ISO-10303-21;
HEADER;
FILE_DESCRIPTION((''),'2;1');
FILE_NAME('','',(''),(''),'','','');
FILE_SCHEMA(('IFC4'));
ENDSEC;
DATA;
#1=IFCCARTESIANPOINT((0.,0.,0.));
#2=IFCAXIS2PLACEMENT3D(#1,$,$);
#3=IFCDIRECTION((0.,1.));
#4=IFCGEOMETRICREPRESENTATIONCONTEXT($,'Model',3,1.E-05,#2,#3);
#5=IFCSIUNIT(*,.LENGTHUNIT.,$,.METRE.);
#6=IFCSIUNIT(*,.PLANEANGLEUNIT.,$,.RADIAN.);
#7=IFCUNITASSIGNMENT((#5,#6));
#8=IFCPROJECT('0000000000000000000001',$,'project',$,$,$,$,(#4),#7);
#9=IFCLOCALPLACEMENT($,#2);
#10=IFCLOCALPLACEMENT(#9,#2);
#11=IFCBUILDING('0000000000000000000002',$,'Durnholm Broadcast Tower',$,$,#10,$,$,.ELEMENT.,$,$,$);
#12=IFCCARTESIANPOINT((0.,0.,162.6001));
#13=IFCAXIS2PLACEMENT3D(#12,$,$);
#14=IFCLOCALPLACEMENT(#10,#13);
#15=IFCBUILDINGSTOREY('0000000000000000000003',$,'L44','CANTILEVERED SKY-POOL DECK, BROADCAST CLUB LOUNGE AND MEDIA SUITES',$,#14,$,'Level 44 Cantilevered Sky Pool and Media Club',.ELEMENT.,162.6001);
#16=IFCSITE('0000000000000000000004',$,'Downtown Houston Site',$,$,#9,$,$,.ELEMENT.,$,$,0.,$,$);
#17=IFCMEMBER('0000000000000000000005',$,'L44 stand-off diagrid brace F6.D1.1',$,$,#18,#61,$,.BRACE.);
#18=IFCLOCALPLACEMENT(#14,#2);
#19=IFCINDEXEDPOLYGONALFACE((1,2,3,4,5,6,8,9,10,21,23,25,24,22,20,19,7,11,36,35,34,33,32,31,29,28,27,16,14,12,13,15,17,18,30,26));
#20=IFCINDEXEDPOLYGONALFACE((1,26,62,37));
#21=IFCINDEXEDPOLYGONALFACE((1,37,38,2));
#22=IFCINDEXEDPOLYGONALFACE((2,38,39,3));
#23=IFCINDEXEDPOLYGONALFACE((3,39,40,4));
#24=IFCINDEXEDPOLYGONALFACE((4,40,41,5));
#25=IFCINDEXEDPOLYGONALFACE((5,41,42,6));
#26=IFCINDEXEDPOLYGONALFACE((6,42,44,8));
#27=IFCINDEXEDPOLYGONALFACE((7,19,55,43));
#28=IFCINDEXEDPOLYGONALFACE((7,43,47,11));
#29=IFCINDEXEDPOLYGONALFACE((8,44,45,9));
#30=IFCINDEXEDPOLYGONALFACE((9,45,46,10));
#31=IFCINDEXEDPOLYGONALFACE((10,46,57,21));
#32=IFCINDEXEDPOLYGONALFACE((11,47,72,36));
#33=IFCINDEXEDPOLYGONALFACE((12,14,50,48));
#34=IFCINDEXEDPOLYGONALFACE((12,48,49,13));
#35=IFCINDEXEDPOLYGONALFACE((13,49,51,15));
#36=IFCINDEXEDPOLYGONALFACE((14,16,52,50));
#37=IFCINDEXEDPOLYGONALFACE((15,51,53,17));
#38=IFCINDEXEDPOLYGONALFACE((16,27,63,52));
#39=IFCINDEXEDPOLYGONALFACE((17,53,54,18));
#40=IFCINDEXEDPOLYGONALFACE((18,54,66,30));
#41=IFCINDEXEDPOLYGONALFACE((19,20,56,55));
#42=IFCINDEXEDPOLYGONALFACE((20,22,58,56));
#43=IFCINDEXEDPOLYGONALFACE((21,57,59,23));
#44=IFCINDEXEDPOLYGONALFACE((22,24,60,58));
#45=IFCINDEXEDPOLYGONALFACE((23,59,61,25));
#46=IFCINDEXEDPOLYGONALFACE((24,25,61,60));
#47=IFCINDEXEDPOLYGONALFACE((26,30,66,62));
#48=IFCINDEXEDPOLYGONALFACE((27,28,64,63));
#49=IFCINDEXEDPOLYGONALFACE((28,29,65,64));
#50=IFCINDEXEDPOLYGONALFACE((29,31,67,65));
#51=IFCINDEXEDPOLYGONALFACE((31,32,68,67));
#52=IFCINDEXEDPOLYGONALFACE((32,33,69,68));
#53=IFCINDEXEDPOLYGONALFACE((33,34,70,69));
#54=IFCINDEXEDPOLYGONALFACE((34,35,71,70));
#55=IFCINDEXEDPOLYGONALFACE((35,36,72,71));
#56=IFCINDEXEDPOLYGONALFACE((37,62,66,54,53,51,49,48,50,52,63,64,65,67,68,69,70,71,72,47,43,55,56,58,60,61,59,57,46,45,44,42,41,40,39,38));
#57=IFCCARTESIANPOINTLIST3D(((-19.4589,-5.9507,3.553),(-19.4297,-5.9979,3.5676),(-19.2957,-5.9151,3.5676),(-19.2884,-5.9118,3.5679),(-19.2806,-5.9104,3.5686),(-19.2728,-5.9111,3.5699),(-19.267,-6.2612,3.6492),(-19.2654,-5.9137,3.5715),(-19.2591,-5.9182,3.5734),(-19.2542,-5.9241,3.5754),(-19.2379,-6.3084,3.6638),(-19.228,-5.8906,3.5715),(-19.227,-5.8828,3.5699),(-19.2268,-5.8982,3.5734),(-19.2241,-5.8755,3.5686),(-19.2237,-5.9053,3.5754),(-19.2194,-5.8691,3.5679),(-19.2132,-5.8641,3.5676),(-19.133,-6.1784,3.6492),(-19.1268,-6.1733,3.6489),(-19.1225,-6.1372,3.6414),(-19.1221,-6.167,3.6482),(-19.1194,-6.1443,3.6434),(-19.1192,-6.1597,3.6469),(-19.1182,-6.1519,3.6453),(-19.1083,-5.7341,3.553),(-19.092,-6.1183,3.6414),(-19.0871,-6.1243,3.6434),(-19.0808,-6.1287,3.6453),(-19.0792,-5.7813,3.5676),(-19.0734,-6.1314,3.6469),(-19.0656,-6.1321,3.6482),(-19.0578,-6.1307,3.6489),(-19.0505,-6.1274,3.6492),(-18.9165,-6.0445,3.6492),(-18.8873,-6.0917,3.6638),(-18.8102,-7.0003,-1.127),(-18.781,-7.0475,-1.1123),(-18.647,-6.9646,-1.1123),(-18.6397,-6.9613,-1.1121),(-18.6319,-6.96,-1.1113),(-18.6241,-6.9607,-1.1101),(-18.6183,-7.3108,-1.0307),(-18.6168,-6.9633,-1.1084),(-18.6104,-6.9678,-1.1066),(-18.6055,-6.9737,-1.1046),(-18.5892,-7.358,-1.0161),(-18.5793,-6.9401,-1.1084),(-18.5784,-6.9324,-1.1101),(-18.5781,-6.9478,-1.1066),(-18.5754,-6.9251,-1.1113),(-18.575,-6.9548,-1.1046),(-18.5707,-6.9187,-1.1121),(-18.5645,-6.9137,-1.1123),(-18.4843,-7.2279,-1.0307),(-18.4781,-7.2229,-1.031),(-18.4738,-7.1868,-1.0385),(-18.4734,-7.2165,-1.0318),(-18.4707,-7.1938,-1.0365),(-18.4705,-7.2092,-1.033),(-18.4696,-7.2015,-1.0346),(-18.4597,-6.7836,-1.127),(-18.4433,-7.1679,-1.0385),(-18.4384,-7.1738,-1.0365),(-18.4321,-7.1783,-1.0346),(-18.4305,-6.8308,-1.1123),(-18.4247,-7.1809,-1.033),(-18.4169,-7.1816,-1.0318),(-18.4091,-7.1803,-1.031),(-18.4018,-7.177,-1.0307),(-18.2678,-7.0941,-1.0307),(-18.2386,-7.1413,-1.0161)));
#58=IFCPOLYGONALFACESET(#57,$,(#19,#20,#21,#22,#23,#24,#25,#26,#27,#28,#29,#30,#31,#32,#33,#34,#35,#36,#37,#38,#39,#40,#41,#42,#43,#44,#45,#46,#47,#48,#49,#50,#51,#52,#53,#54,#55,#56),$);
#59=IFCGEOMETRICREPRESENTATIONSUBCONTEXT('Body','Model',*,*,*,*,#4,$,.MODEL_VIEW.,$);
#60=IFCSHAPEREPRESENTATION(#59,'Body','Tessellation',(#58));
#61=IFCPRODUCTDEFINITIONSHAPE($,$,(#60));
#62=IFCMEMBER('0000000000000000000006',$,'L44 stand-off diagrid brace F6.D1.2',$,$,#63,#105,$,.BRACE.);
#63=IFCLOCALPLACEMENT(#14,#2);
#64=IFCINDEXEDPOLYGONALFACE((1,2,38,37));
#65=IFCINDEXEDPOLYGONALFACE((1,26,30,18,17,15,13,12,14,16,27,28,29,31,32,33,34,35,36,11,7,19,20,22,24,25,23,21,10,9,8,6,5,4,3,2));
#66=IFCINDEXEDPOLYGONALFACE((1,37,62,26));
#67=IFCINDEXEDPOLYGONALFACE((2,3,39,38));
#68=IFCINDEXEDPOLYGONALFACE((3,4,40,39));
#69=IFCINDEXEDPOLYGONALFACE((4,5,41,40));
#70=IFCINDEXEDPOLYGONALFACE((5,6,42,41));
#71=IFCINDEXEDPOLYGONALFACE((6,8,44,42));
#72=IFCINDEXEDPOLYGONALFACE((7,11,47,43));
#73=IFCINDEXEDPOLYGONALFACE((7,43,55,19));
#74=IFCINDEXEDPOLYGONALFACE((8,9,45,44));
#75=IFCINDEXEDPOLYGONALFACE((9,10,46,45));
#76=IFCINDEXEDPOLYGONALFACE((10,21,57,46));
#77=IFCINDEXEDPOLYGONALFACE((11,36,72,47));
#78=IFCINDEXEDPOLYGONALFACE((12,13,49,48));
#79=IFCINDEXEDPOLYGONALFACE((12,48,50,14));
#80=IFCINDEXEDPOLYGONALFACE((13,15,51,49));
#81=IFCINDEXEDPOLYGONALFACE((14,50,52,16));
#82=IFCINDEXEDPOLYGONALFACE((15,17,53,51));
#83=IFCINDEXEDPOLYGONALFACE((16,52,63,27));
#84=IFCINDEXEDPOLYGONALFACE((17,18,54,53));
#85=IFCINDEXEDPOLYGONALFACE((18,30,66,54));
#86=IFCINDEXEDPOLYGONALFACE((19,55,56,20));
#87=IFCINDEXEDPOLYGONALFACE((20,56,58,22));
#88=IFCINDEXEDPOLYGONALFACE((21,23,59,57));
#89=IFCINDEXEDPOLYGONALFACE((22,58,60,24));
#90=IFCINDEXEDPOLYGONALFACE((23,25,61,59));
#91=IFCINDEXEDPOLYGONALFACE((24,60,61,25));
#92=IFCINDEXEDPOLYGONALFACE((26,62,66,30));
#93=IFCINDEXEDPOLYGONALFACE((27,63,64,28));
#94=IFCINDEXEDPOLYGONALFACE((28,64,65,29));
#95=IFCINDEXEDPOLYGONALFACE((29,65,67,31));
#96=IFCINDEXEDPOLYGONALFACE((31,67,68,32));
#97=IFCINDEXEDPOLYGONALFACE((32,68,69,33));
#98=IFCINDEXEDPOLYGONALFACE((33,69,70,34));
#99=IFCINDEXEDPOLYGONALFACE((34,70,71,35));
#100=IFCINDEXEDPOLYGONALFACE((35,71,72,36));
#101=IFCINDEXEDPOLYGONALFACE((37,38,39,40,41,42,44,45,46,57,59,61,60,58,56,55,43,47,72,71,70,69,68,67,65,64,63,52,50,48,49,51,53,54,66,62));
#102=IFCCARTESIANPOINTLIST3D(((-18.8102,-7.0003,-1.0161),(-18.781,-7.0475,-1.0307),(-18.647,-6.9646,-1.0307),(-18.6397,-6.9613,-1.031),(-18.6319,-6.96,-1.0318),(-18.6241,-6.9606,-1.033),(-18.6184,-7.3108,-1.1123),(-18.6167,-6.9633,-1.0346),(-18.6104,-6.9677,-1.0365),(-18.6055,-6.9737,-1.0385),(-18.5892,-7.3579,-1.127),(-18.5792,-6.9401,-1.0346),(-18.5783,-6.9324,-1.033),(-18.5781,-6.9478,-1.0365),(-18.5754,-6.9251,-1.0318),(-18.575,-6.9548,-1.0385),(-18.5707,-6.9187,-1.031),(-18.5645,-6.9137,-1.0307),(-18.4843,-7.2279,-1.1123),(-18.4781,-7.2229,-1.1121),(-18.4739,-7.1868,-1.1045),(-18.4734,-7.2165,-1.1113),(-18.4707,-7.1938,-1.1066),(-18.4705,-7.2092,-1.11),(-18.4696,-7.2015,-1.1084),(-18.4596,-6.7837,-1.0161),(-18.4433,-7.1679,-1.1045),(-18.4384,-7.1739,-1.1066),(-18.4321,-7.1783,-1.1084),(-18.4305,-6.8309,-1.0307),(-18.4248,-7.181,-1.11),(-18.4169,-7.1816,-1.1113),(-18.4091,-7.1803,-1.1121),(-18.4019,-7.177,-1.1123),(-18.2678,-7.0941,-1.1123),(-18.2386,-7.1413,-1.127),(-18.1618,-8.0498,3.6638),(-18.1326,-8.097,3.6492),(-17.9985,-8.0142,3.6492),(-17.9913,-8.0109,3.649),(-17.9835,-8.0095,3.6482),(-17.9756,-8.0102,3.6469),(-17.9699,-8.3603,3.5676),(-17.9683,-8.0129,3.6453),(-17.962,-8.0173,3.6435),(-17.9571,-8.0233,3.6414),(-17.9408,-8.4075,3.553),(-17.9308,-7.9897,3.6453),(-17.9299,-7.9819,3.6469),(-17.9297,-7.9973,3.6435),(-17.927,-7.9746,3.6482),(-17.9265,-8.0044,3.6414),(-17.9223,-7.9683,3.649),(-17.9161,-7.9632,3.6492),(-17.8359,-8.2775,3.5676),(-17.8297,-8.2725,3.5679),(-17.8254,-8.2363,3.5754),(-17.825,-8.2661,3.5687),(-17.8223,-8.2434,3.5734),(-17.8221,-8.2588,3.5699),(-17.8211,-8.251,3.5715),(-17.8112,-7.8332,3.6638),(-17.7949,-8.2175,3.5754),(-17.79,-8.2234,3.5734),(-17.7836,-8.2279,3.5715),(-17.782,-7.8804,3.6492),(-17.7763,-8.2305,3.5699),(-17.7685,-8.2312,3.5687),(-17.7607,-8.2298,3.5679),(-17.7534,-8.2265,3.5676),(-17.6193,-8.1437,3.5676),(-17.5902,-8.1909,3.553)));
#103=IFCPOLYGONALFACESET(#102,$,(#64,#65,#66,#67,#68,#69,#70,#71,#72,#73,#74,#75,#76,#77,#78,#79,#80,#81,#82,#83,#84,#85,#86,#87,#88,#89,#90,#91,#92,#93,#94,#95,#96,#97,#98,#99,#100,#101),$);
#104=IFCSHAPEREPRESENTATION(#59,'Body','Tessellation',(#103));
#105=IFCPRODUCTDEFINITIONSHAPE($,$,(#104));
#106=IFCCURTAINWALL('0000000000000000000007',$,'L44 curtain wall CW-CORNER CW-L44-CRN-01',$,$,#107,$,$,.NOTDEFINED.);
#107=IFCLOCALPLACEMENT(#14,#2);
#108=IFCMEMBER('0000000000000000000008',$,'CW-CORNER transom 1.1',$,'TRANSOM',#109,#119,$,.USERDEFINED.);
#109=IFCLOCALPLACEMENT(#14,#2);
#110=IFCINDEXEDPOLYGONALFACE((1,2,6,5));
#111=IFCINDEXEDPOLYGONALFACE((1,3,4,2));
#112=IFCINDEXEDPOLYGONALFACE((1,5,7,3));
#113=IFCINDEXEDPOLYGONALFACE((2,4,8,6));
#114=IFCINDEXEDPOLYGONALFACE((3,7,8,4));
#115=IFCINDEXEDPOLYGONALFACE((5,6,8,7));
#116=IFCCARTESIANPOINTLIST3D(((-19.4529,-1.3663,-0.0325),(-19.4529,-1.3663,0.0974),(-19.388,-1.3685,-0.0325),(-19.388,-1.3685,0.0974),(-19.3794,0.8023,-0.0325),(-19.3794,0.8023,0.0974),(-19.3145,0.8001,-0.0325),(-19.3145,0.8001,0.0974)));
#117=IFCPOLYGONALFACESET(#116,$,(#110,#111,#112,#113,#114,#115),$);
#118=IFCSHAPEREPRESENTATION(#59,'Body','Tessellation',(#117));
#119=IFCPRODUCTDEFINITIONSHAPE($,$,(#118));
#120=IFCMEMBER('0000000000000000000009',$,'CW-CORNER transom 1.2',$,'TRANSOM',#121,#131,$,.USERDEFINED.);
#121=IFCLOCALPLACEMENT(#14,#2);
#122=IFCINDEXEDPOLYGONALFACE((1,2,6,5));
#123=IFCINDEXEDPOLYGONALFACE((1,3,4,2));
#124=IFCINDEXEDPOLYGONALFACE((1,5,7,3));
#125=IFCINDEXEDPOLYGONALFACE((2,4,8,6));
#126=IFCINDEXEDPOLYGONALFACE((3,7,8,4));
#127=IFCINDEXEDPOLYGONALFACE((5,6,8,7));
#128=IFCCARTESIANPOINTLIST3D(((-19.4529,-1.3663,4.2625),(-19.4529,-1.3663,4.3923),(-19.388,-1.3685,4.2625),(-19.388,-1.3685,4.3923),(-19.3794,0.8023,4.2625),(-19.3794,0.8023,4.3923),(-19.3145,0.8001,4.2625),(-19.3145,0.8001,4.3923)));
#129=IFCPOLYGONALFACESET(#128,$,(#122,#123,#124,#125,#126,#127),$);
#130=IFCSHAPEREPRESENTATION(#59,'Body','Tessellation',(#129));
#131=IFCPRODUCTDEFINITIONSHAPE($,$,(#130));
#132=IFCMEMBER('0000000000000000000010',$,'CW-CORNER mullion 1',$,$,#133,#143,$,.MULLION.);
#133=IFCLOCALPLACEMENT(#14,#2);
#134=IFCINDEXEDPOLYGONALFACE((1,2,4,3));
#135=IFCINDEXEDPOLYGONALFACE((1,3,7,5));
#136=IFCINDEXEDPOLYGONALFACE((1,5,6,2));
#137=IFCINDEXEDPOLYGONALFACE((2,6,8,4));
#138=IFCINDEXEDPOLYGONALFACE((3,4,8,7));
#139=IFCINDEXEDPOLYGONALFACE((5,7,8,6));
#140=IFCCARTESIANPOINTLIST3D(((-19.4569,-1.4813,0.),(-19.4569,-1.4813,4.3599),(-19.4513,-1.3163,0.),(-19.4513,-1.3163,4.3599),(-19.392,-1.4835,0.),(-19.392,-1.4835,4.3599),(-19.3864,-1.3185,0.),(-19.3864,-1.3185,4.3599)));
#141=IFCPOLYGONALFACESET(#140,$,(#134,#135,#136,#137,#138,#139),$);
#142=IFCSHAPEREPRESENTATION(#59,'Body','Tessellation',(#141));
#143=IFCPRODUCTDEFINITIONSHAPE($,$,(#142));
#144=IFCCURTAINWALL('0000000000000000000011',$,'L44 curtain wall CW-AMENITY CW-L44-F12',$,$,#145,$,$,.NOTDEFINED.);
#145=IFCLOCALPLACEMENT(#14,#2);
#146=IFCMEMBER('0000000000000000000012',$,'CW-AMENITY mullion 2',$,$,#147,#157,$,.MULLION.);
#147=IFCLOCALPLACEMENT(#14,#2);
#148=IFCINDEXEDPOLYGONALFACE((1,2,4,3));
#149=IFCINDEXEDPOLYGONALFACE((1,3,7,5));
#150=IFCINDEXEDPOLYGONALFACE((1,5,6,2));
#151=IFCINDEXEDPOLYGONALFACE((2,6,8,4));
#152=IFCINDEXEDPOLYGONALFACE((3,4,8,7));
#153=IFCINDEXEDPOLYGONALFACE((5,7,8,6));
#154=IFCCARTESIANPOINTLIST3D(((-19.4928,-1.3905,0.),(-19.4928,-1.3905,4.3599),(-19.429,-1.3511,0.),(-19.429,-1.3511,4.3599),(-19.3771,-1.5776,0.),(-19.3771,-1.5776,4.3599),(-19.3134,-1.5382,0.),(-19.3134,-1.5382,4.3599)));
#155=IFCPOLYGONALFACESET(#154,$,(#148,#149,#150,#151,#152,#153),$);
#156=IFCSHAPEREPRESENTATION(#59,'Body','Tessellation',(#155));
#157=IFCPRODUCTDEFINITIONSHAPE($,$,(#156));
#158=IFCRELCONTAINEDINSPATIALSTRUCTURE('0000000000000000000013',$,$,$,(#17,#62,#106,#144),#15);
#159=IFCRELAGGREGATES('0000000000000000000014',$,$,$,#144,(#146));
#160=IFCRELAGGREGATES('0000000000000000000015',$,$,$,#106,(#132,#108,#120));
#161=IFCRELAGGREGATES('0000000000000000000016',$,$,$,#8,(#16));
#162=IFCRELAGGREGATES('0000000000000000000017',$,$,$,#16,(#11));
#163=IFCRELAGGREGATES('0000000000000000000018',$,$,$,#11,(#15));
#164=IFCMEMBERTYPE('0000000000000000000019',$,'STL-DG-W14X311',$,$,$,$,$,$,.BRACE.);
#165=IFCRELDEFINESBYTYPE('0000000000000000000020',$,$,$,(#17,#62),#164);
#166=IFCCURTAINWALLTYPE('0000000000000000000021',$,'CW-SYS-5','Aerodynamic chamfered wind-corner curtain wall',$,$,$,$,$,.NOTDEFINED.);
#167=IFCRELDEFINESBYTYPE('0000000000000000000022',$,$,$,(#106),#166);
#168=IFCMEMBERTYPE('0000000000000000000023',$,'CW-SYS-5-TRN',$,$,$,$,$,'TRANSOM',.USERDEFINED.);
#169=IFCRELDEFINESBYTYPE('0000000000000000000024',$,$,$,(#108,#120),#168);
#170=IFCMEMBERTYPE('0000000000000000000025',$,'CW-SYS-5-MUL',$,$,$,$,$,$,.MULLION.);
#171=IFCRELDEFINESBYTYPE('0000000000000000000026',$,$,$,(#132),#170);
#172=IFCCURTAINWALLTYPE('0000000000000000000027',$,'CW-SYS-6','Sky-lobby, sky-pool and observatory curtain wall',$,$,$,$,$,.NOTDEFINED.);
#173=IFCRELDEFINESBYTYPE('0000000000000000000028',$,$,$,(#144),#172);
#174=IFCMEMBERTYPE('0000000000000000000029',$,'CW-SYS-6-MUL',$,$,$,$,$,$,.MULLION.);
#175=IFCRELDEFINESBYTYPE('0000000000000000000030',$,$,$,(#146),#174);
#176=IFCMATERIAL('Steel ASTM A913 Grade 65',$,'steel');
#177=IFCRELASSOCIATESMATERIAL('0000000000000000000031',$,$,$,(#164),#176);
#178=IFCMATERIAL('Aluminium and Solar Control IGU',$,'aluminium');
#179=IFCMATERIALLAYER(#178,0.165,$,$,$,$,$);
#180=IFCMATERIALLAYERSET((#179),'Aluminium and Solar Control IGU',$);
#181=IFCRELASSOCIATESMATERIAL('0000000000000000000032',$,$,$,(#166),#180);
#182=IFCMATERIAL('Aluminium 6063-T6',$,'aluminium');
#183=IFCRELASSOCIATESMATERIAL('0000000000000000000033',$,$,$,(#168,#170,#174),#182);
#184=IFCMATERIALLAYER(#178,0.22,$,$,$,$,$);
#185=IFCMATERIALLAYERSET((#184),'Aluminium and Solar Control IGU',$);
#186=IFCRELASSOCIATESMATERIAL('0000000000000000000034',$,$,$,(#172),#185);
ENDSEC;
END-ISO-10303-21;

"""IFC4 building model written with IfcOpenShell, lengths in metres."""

from ifc_helpers import new_model, si_unit, direction, frame, origin, origin_2d, place, context, subcontext, project, spatial, rectangle, i_section, extrude, source, transform, mapped, material, layer, layer_set, material_profile, profile_set, type_object, type_shapes, element, aggregate, save


model = new_model("IFC4")

# Units and contexts
model_context = context("Model", 3, precision=1e-05, world=origin(), true_north=direction((0.0, 1.0)))
body_context = subcontext(model_context, "Body", "Model", "MODEL_VIEW")
ifc_project = project(units=[si_unit("LENGTHUNIT", "METRE"), si_unit("PLANEANGLEUNIT", "RADIAN")], contexts=[model_context])

# Site, building, storey
site_placement = place(None, origin())
site = spatial("IfcSite", under=ifc_project, at=site_placement, Name="Downtown Houston Site", CompositionType="ELEMENT", RefElevation=0.0)
building_placement = place(site_placement, origin())
building = spatial("IfcBuilding", under=site, at=building_placement, Name="Durnholm Broadcast Tower", CompositionType="ELEMENT")
storey_placement = place(building_placement, frame((0.0, 0.0, 162.6001)))
storey = spatial("IfcBuildingStorey", under=building, at=storey_placement, Name="L44", Description="CANTILEVERED SKY-POOL DECK, BROADCAST CLUB LOUNGE AND MEDIA SUITES", LongName="Level 44 Cantilevered Sky Pool and Media Club", CompositionType="ELEMENT", Elevation=162.6001)

# Members
ifc_material_1 = material(Name="Steel ASTM A913 Grade 65", Category="steel")
ifc_material_profile_1 = material_profile(ifc_material_1, i_section(OverallWidth=0.4121, OverallDepth=0.4348, WebThickness=0.0359, FlangeThickness=0.0574, FilletRadius=0.0305, at=origin_2d()), Name="W14X311")
ifc_profile_set_1 = profile_set([ifc_material_profile_1], Name="Steel ASTM A913 Grade 65")
member_type_1 = type_object("IfcMemberType", Name="STL-DG-W14X311", PredefinedType="BRACE", material=ifc_profile_set_1)
shared_shape_1 = source(origin(), body_context, "Body", "SweptSolid", [
    extrude(i_section(OverallWidth=0.4121, OverallDepth=0.4348, WebThickness=0.0359, FlangeThickness=0.0574, FilletRadius=0.0305, at=origin_2d()), origin(), (0.0, 0.0, 1.0), 4.8398),
])
type_shapes(member_type_1, [shared_shape_1])
for number, where, z_axis, x_axis, name in (
    (1, (-18.5244, -7.0708, -1.0715), (-0.134029, 0.216858, 0.966958), (-0.850644, -0.525741, 0.0), "L44 stand-off diagrid brace F6.D1.1"),
    (2, (-18.5244, -7.0708, -1.0715), (0.13398, -0.21686, 0.966965), (0.850733, 0.525598, 0.0), "L44 stand-off diagrid brace F6.D1.2"),
):
    element("IfcMember", number, at=place(storey_placement, frame(where, z_axis=z_axis, x_axis=x_axis)), inside=storey, type_object=member_type_1, Name=name, PredefinedType="BRACE", context=body_context, shape_type="MappedRepresentation", body=[
        mapped(shared_shape_1, transform((0.0, 0.0, 0.0), x_axis=(1.0, 0.0, 0.0), y_axis=(0.0, 1.0, 0.0), z_axis=(0.0, 0.0, 1.0), scale=1.0)),
    ])

# Curtain wall, members
ifc_material_2 = material(Name="Aluminium and Solar Control IGU", Category="aluminium")
ifc_layer_1 = layer(ifc_material_2, 0.165)
ifc_layer_set_1 = layer_set([ifc_layer_1], Name="Aluminium and Solar Control IGU")
curtain_wall_type_1 = type_object("IfcCurtainWallType", Name="CW-SYS-5", Description="Aerodynamic chamfered wind-corner curtain wall", PredefinedType="NOTDEFINED", material=ifc_layer_set_1)
curtain_wall_1_placement = place(storey_placement, origin())
curtain_wall_1 = element("IfcCurtainWall", 3, at=curtain_wall_1_placement, inside=storey, type_object=curtain_wall_type_1, Name="L44 curtain wall CW-CORNER CW-L44-CRN-01", PredefinedType="NOTDEFINED")
ifc_material_3 = material(Name="Aluminium 6063-T6", Category="aluminium")
ifc_material_profile_2 = material_profile(ifc_material_3, rectangle(XDim=0.0649, YDim=0.1299, at=origin_2d()), Name="CWT65X130")
ifc_profile_set_2 = profile_set([ifc_material_profile_2], Name="Aluminium 6063-T6")
member_type_2 = type_object("IfcMemberType", Name="CW-SYS-5-TRN", ElementType="TRANSOM", PredefinedType="USERDEFINED", material=ifc_profile_set_2)
shared_shape_2 = source(origin(), body_context, "Body", "SweptSolid", [
    extrude(rectangle(XDim=0.0649, YDim=0.1299, at=origin_2d()), origin(), (0.0, 0.0, 1.0), 2.1699),
])
type_shapes(member_type_2, [shared_shape_2])
member_1_placement = place(storey_placement, frame((-19.4204, -1.3674, 0.0325), z_axis=(0.033866, 0.999426, 0.0), x_axis=(-0.999426, 0.033866, 0.0)))
member_1 = element("IfcMember", 4, at=member_1_placement, type_object=member_type_2, Name="CW-CORNER transom 1.1", ObjectType="TRANSOM", PredefinedType="USERDEFINED", context=body_context, shape_type="MappedRepresentation", body=[
    mapped(shared_shape_2, transform((0.0, 0.0, 0.0), x_axis=(1.0, 0.0, 0.0), y_axis=(0.0, 1.0, 0.0), z_axis=(0.0, 0.0, 1.0), scale=1.0)),
])
member_2_placement = place(storey_placement, frame((-19.4204, -1.3674, 4.3274), z_axis=(0.033866, 0.999426, 0.0), x_axis=(-0.999426, 0.033866, 0.0)))
member_2 = element("IfcMember", 5, at=member_2_placement, type_object=member_type_2, Name="CW-CORNER transom 1.2", ObjectType="TRANSOM", PredefinedType="USERDEFINED", context=body_context, shape_type="MappedRepresentation", body=[
    mapped(shared_shape_2, transform((0.0, 0.0, 0.0), x_axis=(1.0, 0.0, 0.0), y_axis=(0.0, 1.0, 0.0), z_axis=(0.0, 0.0, 1.0), scale=1.0)),
])
ifc_material_profile_3 = material_profile(ifc_material_3, rectangle(XDim=0.0649, YDim=0.165, at=origin_2d()), Name="CWM65X165")
ifc_profile_set_3 = profile_set([ifc_material_profile_3], Name="Aluminium 6063-T6")
member_type_3 = type_object("IfcMemberType", Name="CW-SYS-5-MUL", PredefinedType="MULLION", material=ifc_profile_set_3)
shared_shape_3 = source(origin(), body_context, "Body", "SweptSolid", [
    extrude(rectangle(XDim=0.0649, YDim=0.165, at=origin_2d()), origin(), (0.0, 0.0, 1.0), 4.3599),
])
type_shapes(member_type_3, [shared_shape_3])
member_3_placement = place(storey_placement, frame((-19.4216, -1.3999, 0.0), z_axis=(0.0, 0.0, 1.0), x_axis=(-0.999425, 0.033913, 0.0)))
member_3 = element("IfcMember", 6, at=member_3_placement, type_object=member_type_3, Name="CW-CORNER mullion 1", PredefinedType="MULLION", context=body_context, shape_type="MappedRepresentation", body=[
    mapped(shared_shape_3, transform((0.0, 0.0, 0.0), x_axis=(1.0, 0.0, 0.0), y_axis=(0.0, 1.0, 0.0), z_axis=(0.0, 0.0, 1.0), scale=1.0)),
])

# Curtain wall, member
ifc_layer_2 = layer(ifc_material_2, 0.22)
ifc_layer_set_2 = layer_set([ifc_layer_2], Name="Aluminium and Solar Control IGU")
curtain_wall_type_2 = type_object("IfcCurtainWallType", Name="CW-SYS-6", Description="Sky-lobby, sky-pool and observatory curtain wall", PredefinedType="NOTDEFINED", material=ifc_layer_set_2)
curtain_wall_2_placement = place(storey_placement, origin())
curtain_wall_2 = element("IfcCurtainWall", 7, at=curtain_wall_2_placement, inside=storey, type_object=curtain_wall_type_2, Name="L44 curtain wall CW-AMENITY CW-L44-F12", PredefinedType="NOTDEFINED")
ifc_material_profile_4 = material_profile(ifc_material_3, rectangle(XDim=0.075, YDim=0.22, at=origin_2d()), Name="CWM75X220")
ifc_profile_set_4 = profile_set([ifc_material_profile_4], Name="Aluminium 6063-T6")
member_type_4 = type_object("IfcMemberType", Name="CW-SYS-6-MUL", PredefinedType="MULLION", material=ifc_profile_set_4)
shared_shape_4 = source(origin(), body_context, "Body", "SweptSolid", [
    extrude(rectangle(XDim=0.075, YDim=0.22, at=origin_2d()), origin(), (0.0, 0.0, 1.0), 4.3599),
])
type_shapes(member_type_4, [shared_shape_4])
member_4_placement = place(storey_placement, frame((-19.4031, -1.4644, 0.0), z_axis=(0.0, 0.0, 1.0), x_axis=(-0.850671, -0.525698, 0.0)))
member_4 = element("IfcMember", 8, at=member_4_placement, type_object=member_type_4, Name="CW-AMENITY mullion 2", PredefinedType="MULLION", context=body_context, shape_type="MappedRepresentation", body=[
    mapped(shared_shape_4, transform((0.0, 0.0, 0.0), x_axis=(1.0, 0.0, 0.0), y_axis=(0.0, 1.0, 0.0), z_axis=(0.0, 0.0, 1.0), scale=1.0)),
])
aggregate(curtain_wall_2, [member_4])

aggregate(curtain_wall_1, [member_3, member_1, member_2])

save(model, "model.ifc")
